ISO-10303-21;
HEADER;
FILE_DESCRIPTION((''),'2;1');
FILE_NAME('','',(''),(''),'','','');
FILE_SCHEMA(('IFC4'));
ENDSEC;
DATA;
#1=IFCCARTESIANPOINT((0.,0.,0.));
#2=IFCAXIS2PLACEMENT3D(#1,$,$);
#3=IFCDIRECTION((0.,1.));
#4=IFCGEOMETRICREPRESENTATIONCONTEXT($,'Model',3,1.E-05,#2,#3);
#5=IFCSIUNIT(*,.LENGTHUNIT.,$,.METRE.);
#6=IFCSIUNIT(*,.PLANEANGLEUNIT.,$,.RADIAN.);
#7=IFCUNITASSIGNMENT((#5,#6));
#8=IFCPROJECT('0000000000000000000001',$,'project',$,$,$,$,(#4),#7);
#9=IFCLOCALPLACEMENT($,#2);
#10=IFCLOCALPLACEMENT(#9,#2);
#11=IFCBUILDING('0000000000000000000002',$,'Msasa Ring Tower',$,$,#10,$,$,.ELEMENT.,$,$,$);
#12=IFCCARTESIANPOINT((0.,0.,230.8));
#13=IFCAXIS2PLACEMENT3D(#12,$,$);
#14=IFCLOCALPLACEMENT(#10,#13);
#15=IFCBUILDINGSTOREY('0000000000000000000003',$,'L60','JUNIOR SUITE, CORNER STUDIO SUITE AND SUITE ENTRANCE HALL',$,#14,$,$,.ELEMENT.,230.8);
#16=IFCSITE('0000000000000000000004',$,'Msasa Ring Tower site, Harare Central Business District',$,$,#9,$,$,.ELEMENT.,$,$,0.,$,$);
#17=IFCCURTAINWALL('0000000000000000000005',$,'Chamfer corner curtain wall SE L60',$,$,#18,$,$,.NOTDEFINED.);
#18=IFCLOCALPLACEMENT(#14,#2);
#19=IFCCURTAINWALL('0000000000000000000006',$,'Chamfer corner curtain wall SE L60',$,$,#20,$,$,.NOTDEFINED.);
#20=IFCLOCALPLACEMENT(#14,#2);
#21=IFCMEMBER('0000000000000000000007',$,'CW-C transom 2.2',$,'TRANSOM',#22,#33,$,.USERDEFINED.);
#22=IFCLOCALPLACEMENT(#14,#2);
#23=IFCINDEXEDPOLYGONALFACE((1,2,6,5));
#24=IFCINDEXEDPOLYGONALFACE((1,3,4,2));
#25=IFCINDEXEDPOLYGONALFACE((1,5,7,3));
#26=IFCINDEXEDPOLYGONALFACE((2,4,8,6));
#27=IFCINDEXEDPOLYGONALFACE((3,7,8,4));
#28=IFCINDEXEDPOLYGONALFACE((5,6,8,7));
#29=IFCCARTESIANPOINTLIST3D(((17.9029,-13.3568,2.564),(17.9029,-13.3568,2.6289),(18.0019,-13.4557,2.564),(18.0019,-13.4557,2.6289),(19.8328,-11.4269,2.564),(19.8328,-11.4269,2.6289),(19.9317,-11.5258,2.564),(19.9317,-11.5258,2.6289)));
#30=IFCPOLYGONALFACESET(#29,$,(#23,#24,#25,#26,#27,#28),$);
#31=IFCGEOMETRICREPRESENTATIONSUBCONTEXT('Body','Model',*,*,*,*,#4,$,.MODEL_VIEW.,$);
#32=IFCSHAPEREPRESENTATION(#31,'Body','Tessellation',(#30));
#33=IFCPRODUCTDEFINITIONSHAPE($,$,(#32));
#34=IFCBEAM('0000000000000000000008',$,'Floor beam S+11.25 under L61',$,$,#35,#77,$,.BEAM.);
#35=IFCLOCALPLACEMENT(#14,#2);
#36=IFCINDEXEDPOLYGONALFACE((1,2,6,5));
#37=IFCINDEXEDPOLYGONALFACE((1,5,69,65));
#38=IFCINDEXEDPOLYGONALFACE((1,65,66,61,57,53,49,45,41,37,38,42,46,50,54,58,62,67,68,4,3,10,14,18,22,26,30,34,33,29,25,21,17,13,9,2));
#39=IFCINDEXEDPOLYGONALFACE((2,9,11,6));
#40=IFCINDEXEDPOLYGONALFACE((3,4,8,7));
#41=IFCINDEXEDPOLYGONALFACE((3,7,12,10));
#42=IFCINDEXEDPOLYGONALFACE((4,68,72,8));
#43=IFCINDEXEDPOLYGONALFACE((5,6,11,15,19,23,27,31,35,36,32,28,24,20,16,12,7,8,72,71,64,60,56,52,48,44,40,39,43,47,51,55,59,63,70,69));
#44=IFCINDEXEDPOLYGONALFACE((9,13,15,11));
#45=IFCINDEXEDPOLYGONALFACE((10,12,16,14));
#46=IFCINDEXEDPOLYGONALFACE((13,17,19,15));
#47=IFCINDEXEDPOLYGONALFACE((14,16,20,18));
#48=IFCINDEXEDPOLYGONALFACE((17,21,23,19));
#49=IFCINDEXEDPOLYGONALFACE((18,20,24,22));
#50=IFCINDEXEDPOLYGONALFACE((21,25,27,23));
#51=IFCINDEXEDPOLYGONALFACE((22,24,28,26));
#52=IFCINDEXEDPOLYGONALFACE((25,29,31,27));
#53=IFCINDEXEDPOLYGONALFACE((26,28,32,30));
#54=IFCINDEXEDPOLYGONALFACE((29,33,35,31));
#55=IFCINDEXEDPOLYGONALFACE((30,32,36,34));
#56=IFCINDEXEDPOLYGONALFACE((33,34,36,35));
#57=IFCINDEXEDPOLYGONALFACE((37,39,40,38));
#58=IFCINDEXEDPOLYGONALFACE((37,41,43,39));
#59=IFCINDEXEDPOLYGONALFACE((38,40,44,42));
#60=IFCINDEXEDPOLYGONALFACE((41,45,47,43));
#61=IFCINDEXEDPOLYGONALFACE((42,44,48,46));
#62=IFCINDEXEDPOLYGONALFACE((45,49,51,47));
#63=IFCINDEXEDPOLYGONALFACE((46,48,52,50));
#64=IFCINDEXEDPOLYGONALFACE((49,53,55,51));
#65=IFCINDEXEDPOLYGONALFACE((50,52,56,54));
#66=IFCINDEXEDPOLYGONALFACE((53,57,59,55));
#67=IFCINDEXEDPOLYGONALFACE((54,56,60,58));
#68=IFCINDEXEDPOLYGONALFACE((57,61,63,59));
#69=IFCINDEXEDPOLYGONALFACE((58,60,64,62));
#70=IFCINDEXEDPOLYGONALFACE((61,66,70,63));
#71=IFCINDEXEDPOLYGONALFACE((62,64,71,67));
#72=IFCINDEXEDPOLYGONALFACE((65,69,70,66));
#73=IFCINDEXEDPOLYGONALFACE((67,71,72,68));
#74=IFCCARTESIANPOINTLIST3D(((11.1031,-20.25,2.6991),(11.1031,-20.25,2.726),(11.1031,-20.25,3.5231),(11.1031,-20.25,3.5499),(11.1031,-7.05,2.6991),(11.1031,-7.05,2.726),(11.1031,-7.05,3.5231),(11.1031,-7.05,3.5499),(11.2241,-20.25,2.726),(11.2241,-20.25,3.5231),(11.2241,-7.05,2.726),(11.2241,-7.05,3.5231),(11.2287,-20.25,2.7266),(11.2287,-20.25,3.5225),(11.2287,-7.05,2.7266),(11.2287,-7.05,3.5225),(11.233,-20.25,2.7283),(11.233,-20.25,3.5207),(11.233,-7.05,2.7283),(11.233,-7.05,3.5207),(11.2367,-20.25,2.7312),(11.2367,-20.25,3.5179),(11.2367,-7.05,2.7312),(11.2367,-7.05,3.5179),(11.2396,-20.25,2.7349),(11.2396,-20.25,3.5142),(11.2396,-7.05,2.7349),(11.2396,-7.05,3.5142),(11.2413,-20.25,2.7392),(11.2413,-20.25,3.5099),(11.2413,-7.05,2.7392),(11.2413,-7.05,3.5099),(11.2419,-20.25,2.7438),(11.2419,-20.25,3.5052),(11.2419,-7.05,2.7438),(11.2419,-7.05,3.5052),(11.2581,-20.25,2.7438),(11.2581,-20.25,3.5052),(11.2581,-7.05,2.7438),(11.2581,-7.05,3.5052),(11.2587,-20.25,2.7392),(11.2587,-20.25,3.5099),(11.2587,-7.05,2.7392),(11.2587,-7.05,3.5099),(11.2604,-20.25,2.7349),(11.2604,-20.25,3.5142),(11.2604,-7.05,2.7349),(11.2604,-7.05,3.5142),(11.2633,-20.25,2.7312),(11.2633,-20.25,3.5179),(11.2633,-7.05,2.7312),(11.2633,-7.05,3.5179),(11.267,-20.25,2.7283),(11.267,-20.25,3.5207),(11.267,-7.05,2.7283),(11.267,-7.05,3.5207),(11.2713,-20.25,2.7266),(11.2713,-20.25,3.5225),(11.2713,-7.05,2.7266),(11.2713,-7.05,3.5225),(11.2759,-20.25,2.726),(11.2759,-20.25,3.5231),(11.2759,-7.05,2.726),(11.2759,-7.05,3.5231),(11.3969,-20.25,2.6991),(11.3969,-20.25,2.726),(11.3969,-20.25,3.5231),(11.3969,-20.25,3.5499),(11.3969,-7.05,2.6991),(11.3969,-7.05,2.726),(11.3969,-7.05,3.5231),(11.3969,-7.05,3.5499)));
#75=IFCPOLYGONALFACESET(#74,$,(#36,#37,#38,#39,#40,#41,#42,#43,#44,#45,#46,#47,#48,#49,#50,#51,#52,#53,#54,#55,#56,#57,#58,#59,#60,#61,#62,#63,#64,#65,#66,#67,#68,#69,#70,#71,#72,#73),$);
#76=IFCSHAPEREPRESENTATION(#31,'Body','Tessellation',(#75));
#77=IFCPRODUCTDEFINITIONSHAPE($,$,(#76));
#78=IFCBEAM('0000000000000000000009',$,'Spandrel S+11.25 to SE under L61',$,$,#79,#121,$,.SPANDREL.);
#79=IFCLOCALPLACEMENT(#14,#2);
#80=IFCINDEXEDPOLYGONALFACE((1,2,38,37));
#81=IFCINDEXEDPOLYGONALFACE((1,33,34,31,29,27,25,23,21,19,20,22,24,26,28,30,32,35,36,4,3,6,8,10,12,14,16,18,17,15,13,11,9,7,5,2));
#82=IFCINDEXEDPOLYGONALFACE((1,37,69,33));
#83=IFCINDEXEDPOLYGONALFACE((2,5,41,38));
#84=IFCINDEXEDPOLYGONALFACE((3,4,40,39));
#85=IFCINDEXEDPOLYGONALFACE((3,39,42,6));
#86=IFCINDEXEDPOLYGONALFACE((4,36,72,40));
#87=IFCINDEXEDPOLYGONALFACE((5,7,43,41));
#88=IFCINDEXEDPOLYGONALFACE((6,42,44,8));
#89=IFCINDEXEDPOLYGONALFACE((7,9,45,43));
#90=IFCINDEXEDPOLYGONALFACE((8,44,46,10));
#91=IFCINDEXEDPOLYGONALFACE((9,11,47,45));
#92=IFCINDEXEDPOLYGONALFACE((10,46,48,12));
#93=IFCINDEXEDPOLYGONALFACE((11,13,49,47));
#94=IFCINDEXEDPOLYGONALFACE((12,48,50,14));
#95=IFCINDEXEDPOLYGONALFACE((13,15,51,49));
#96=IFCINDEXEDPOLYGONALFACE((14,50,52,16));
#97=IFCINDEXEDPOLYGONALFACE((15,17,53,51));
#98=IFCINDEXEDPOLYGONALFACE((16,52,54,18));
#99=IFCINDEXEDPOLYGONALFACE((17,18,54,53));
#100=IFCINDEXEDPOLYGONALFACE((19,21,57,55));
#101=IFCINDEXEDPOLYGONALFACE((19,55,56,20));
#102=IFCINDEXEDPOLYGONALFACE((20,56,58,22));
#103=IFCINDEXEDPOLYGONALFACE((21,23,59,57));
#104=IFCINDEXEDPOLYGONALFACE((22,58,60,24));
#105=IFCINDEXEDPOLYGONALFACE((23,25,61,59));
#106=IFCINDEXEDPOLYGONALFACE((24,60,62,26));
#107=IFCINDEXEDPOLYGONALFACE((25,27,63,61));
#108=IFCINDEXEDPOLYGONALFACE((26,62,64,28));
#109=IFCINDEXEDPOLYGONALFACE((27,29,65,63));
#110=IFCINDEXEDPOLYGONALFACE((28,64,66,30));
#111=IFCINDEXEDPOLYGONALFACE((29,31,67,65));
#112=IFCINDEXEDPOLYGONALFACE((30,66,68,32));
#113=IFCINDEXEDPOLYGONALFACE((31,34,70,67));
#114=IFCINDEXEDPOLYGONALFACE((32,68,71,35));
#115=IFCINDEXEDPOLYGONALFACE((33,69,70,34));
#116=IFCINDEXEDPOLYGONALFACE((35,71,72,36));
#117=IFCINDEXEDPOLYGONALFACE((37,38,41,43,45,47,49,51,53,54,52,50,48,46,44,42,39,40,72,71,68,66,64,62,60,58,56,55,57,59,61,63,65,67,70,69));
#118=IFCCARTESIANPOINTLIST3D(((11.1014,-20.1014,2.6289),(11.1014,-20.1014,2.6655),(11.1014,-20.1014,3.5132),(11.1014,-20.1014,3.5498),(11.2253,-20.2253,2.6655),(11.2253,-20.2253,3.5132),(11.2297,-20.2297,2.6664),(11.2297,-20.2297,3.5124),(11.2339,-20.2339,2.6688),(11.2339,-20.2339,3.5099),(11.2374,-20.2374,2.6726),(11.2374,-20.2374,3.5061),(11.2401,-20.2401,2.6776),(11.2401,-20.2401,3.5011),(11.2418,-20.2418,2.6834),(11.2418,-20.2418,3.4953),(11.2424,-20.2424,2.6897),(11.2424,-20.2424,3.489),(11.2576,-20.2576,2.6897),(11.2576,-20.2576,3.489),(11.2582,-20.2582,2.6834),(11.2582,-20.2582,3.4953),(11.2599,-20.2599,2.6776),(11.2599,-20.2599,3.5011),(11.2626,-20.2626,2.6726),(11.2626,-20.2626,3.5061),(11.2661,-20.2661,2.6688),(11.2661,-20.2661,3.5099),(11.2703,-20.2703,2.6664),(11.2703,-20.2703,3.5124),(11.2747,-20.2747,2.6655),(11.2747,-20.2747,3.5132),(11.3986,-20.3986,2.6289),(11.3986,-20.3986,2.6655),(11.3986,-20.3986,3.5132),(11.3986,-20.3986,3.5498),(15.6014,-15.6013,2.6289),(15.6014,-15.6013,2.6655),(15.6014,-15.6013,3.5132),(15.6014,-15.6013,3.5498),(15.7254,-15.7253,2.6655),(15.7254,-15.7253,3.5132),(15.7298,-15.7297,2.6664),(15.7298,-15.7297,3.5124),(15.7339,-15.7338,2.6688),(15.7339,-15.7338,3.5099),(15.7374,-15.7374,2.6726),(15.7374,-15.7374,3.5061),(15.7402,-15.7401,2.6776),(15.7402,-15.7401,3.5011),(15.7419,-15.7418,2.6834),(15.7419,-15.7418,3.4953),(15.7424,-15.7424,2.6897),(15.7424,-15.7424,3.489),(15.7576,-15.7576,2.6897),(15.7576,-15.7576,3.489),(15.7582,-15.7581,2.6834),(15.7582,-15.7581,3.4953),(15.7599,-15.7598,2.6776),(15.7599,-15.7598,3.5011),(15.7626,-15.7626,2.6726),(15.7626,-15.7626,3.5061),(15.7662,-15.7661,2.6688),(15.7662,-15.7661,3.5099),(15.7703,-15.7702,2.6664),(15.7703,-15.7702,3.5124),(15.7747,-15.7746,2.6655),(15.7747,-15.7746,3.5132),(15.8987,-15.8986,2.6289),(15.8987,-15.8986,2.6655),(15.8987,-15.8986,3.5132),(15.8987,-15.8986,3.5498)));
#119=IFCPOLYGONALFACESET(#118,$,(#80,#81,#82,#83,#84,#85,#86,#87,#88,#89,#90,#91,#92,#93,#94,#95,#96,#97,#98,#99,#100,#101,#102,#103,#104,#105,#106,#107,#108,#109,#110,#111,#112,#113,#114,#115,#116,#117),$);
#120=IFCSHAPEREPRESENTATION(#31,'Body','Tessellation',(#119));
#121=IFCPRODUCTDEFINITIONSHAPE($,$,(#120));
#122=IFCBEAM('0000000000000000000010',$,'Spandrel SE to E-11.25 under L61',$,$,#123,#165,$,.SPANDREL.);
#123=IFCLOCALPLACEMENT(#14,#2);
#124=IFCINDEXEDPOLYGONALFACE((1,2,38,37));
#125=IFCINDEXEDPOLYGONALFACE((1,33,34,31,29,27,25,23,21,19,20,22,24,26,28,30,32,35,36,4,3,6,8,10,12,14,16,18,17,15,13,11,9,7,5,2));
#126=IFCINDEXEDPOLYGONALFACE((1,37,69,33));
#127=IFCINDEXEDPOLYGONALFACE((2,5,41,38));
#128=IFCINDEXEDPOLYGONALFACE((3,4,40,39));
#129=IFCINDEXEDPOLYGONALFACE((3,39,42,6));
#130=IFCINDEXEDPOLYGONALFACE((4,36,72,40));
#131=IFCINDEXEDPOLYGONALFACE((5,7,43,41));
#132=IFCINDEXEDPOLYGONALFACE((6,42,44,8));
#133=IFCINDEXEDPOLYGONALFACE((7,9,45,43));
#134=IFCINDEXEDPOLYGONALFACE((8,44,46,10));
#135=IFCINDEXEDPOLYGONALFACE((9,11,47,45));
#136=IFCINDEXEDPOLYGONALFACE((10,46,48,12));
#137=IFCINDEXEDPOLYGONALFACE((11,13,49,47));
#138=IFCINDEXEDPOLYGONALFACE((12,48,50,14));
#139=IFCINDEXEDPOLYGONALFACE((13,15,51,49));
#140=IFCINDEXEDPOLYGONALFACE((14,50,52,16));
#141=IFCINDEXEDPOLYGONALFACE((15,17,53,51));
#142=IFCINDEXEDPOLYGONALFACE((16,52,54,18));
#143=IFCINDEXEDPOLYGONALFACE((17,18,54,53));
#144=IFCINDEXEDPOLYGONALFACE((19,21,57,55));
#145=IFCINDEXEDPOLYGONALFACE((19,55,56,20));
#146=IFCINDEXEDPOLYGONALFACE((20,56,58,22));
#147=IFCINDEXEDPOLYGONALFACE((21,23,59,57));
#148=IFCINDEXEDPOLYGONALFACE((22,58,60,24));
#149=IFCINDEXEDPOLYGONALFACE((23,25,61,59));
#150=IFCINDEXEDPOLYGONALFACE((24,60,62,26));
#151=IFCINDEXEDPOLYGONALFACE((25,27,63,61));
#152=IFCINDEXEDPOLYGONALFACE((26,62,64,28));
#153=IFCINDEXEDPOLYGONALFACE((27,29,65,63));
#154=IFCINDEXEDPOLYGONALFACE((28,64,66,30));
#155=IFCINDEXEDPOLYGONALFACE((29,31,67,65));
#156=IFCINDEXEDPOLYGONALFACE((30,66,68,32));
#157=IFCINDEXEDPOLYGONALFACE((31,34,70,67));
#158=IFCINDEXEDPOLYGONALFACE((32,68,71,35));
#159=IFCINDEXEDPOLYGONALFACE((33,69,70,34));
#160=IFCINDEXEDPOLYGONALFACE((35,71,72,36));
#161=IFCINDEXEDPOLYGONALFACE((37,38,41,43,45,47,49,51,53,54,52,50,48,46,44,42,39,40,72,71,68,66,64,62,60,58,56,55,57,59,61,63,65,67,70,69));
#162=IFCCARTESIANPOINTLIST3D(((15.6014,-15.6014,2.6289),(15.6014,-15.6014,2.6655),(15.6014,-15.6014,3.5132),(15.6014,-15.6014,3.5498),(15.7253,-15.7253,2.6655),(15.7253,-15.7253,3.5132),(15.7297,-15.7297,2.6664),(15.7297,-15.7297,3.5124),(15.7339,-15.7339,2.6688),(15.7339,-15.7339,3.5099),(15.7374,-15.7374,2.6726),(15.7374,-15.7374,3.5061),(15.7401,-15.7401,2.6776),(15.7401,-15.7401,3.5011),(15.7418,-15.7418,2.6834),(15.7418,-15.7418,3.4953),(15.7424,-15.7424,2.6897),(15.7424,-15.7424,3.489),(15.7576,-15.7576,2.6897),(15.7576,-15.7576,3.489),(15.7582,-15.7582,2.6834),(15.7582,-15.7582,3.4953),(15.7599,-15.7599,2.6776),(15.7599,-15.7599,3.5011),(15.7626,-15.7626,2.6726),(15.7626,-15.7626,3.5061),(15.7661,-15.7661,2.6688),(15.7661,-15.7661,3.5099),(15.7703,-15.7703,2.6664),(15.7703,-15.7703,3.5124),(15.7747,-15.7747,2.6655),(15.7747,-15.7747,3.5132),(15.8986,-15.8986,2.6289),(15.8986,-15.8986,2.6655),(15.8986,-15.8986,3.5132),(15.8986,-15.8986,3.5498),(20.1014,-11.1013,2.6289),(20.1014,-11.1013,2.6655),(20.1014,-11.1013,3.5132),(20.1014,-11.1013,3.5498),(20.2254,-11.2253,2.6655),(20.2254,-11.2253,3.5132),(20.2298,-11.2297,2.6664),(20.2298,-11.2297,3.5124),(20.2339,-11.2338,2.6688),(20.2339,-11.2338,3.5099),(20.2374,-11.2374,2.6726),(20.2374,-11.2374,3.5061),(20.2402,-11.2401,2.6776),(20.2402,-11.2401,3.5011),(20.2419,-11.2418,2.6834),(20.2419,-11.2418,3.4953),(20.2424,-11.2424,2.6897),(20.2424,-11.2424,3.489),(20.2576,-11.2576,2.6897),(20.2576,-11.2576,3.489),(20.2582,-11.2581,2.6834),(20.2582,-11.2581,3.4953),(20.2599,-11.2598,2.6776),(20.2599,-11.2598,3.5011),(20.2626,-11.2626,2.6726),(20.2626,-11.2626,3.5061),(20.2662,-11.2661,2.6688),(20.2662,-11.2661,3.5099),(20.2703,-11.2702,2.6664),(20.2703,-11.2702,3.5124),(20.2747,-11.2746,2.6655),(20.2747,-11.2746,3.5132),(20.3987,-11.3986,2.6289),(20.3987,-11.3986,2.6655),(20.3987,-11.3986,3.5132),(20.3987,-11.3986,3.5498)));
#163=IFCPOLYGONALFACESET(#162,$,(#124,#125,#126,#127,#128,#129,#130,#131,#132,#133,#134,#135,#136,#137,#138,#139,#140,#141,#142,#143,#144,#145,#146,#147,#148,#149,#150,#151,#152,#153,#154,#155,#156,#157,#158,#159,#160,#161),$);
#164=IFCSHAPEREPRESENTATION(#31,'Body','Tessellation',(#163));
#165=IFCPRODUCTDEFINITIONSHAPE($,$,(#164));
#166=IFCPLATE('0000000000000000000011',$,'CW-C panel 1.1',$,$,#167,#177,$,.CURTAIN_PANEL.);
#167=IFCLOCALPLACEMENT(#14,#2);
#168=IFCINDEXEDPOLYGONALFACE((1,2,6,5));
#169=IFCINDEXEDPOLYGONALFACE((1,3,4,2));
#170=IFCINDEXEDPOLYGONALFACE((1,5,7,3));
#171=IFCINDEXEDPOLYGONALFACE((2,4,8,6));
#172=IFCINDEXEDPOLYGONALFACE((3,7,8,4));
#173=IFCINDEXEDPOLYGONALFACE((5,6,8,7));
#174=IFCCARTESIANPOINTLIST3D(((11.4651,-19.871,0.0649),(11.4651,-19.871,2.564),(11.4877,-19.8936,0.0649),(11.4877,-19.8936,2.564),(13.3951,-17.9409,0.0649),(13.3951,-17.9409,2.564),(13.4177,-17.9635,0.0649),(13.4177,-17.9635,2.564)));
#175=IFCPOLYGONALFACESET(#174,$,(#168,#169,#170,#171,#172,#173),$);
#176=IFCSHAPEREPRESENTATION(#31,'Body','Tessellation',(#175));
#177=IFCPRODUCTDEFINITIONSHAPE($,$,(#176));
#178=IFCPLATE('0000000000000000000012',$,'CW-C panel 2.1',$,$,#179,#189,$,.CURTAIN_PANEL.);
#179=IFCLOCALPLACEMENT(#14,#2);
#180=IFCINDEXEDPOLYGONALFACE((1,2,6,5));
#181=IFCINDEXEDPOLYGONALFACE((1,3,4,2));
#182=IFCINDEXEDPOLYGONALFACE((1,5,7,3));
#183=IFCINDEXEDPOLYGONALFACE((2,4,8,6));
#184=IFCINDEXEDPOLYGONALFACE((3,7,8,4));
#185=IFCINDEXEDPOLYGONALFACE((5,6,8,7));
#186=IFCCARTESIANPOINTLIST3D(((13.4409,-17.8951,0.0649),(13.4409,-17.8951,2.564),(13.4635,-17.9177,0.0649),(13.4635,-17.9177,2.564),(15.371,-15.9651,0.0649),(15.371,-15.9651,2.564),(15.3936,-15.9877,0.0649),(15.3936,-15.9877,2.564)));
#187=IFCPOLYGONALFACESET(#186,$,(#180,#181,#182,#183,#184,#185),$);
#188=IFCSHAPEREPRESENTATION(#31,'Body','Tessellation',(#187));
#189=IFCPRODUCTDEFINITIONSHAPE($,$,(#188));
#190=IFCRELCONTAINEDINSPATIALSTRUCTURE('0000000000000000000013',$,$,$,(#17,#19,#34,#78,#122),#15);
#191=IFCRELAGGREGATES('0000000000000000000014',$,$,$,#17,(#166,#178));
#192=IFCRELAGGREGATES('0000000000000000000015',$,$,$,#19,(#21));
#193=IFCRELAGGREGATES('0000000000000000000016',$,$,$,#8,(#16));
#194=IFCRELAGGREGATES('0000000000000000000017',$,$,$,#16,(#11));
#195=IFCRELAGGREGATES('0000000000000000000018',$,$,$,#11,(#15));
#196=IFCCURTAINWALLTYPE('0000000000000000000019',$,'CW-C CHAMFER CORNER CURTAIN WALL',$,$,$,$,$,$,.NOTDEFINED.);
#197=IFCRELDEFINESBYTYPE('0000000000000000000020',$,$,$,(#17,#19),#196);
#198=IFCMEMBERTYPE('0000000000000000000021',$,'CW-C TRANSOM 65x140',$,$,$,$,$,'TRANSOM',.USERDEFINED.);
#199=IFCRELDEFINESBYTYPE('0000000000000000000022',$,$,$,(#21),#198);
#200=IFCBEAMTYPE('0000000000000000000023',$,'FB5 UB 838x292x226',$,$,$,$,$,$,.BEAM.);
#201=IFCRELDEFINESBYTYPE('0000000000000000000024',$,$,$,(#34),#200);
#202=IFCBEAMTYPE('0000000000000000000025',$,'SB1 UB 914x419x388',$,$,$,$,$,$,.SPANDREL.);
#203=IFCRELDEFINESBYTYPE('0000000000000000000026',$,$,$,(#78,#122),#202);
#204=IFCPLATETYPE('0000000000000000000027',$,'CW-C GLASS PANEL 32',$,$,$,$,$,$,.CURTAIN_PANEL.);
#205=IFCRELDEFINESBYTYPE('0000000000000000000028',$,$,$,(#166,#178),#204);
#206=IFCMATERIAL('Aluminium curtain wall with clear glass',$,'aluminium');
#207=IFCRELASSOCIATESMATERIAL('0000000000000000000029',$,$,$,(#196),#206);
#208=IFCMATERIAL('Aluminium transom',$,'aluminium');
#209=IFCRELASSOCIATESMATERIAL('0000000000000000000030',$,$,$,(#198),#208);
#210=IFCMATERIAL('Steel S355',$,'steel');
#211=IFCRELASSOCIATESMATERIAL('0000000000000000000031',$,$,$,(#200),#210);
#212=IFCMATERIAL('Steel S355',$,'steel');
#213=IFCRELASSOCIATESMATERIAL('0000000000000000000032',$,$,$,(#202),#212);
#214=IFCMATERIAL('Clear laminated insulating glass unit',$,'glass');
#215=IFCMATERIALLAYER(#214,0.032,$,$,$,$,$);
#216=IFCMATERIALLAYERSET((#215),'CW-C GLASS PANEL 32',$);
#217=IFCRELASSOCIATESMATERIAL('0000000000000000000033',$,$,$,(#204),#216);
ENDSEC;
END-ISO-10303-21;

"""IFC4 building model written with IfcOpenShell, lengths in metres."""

from ifc_helpers import new_model, si_unit, direction, frame, origin, origin_2d, place, context, subcontext, project, spatial, rectangle, i_section, extrude, material, layer, layer_set, material_profile, profile_set, type_object, element, aggregate, save


model = new_model("IFC4")

# Units and contexts
model_context = context("Model", 3, precision=1e-05, world=origin(), true_north=direction((0.0, 1.0)))
body_context = subcontext(model_context, "Body", "Model", "MODEL_VIEW")
ifc_project = project(units=[si_unit("LENGTHUNIT", "METRE"), si_unit("PLANEANGLEUNIT", "RADIAN")], contexts=[model_context])

# Site, building, storey
site_placement = place(None, origin())
site = spatial("IfcSite", under=ifc_project, at=site_placement, Name="Msasa Ring Tower site, Harare Central Business District", CompositionType="ELEMENT", RefElevation=0.0)
building_placement = place(site_placement, origin())
building = spatial("IfcBuilding", under=site, at=building_placement, Name="Msasa Ring Tower", CompositionType="ELEMENT")
storey_placement = place(building_placement, frame((0.0, 0.0, 230.8)))
storey = spatial("IfcBuildingStorey", under=building, at=storey_placement, Name="L60", Description="JUNIOR SUITE, CORNER STUDIO SUITE AND SUITE ENTRANCE HALL", CompositionType="ELEMENT", Elevation=230.8)

# Curtain walls
ifc_material_1 = material(Name="Aluminium curtain wall with clear glass", Category="aluminium")
curtain_wall_type = type_object("IfcCurtainWallType", Name="CW-C CHAMFER CORNER CURTAIN WALL", PredefinedType="NOTDEFINED", material=ifc_material_1)
curtain_wall_1_placement = place(storey_placement, origin())
curtain_wall_1 = element("IfcCurtainWall", 1, at=curtain_wall_1_placement, inside=storey, type_object=curtain_wall_type, Name="Chamfer corner curtain wall SE L60", PredefinedType="NOTDEFINED")
curtain_wall_2_placement = place(storey_placement, origin())
curtain_wall_2 = element("IfcCurtainWall", 2, at=curtain_wall_2_placement, inside=storey, type_object=curtain_wall_type, Name="Chamfer corner curtain wall SE L60", PredefinedType="NOTDEFINED")

# Member
ifc_material_2 = material(Name="Aluminium transom", Category="aluminium")
ifc_material_profile_1 = material_profile(ifc_material_2, rectangle(XDim=0.1399, YDim=0.0649, at=origin_2d()), Name="AL 65x140")
ifc_profile_set_1 = profile_set([ifc_material_profile_1], Name="Aluminium transom")
member_type_1 = type_object("IfcMemberType", Name="CW-C TRANSOM 65x140", ElementType="TRANSOM", PredefinedType="USERDEFINED", material=ifc_profile_set_1)
member_1_placement = place(storey_placement, frame((17.9524, -13.4062, 2.5964), z_axis=(0.707107, 0.707107, 0.0), x_axis=(-0.707107, 0.707107, 0.0)))
member_1 = element("IfcMember", 3, at=member_1_placement, type_object=member_type_1, Name="CW-C transom 2.2", ObjectType="TRANSOM", PredefinedType="USERDEFINED", context=body_context, shape_type="SweptSolid", body=[
    extrude(rectangle(XDim=0.1399, YDim=0.0649, at=origin_2d()), origin(), (0.0, 0.0, 1.0), 2.7292),
])

# Beams
ifc_material_3 = material(Name="Steel S355", Category="steel")
ifc_material_profile_2 = material_profile(ifc_material_3, i_section(OverallWidth=0.2937, OverallDepth=0.8508, WebThickness=0.0161, FlangeThickness=0.0269, FilletRadius=0.0178, at=origin_2d()), Name="UB 838x292x226")
ifc_profile_set_2 = profile_set([ifc_material_profile_2], Name="Steel S355")
beam_type_1 = type_object("IfcBeamType", Name="FB5 UB 838x292x226", PredefinedType="BEAM", material=ifc_profile_set_2)
beam_placement = place(storey_placement, frame((11.25, -20.25, 3.1245), z_axis=(0.0, 1.0, 0.0), x_axis=(-1.0, 0.0, 0.0)))
element("IfcBeam", 4, at=beam_placement, inside=storey, type_object=beam_type_1, Name="Floor beam S+11.25 under L61", PredefinedType="BEAM", context=body_context, shape_type="SweptSolid", body=[
    extrude(i_section(OverallWidth=0.2937, OverallDepth=0.8508, WebThickness=0.0161, FlangeThickness=0.0269, FilletRadius=0.0178, at=origin_2d()), origin(), (0.0, 0.0, 1.0), 13.2),
])
ifc_material_4 = material(Name="Steel S355", Category="steel")
ifc_material_profile_3 = material_profile(ifc_material_4, i_section(OverallWidth=0.4204, OverallDepth=0.9209, WebThickness=0.0215, FlangeThickness=0.0366, FilletRadius=0.0242, at=origin_2d()), Name="UB 914x419x388")
ifc_profile_set_3 = profile_set([ifc_material_profile_3], Name="Steel S355")
beam_type_2 = type_object("IfcBeamType", Name="SB1 UB 914x419x388", PredefinedType="SPANDREL", material=ifc_profile_set_3)
for number, where, z_axis, x_axis, name in (
    (5, (11.25, -20.25, 3.0894), (0.707107, 0.707107, 0.0), (-0.707107, 0.707107, 0.0), "Spandrel S+11.25 to SE under L61"),
    (6, (15.75, -15.75, 3.0894), (0.707107, 0.707107, 0.0), (-0.707107, 0.707107, 0.0), "Spandrel SE to E-11.25 under L61"),
):
    element("IfcBeam", number, at=place(storey_placement, frame(where, z_axis=z_axis, x_axis=x_axis)), inside=storey, type_object=beam_type_2, Name=name, PredefinedType="SPANDREL", context=body_context, shape_type="SweptSolid", body=[
        extrude(i_section(OverallWidth=0.4204, OverallDepth=0.9209, WebThickness=0.0215, FlangeThickness=0.0366, FilletRadius=0.0242, at=origin_2d()), origin(), (0.0, 0.0, 1.0), 6.364),
    ])

# Plates
ifc_material_5 = material(Name="Clear laminated insulating glass unit", Category="glass")
ifc_layer_1 = layer(ifc_material_5, 0.032)
ifc_layer_set_1 = layer_set([ifc_layer_1], Name="CW-C GLASS PANEL 32")
plate_type = type_object("IfcPlateType", Name="CW-C GLASS PANEL 32", PredefinedType="CURTAIN_PANEL", material=ifc_layer_set_1)
plate_1_placement = place(storey_placement, frame((12.4414, -18.9172, 0.0649), z_axis=(0.0, 0.0, 1.0), x_axis=(0.707107, 0.707107, 0.0)))
plate_1 = element("IfcPlate", 7, at=plate_1_placement, type_object=plate_type, Name="CW-C panel 1.1", PredefinedType="CURTAIN_PANEL", context=body_context, shape_type="SweptSolid", body=[
    extrude(rectangle(XDim=2.7295, YDim=0.032, at=origin_2d()), origin(), (0.0, 0.0, 1.0), 2.499),
])
plate_2_placement = place(storey_placement, frame((14.4172, -16.9414, 0.0649), z_axis=(0.0, 0.0, 1.0), x_axis=(0.707107, 0.707107, 0.0)))
plate_2 = element("IfcPlate", 8, at=plate_2_placement, type_object=plate_type, Name="CW-C panel 2.1", PredefinedType="CURTAIN_PANEL", context=body_context, shape_type="SweptSolid", body=[
    extrude(rectangle(XDim=2.7295, YDim=0.032, at=origin_2d()), origin(), (0.0, 0.0, 1.0), 2.499),
])
aggregate(curtain_wall_1, [plate_1, plate_2])
aggregate(curtain_wall_2, [member_1])

save(model, "model.ifc")
